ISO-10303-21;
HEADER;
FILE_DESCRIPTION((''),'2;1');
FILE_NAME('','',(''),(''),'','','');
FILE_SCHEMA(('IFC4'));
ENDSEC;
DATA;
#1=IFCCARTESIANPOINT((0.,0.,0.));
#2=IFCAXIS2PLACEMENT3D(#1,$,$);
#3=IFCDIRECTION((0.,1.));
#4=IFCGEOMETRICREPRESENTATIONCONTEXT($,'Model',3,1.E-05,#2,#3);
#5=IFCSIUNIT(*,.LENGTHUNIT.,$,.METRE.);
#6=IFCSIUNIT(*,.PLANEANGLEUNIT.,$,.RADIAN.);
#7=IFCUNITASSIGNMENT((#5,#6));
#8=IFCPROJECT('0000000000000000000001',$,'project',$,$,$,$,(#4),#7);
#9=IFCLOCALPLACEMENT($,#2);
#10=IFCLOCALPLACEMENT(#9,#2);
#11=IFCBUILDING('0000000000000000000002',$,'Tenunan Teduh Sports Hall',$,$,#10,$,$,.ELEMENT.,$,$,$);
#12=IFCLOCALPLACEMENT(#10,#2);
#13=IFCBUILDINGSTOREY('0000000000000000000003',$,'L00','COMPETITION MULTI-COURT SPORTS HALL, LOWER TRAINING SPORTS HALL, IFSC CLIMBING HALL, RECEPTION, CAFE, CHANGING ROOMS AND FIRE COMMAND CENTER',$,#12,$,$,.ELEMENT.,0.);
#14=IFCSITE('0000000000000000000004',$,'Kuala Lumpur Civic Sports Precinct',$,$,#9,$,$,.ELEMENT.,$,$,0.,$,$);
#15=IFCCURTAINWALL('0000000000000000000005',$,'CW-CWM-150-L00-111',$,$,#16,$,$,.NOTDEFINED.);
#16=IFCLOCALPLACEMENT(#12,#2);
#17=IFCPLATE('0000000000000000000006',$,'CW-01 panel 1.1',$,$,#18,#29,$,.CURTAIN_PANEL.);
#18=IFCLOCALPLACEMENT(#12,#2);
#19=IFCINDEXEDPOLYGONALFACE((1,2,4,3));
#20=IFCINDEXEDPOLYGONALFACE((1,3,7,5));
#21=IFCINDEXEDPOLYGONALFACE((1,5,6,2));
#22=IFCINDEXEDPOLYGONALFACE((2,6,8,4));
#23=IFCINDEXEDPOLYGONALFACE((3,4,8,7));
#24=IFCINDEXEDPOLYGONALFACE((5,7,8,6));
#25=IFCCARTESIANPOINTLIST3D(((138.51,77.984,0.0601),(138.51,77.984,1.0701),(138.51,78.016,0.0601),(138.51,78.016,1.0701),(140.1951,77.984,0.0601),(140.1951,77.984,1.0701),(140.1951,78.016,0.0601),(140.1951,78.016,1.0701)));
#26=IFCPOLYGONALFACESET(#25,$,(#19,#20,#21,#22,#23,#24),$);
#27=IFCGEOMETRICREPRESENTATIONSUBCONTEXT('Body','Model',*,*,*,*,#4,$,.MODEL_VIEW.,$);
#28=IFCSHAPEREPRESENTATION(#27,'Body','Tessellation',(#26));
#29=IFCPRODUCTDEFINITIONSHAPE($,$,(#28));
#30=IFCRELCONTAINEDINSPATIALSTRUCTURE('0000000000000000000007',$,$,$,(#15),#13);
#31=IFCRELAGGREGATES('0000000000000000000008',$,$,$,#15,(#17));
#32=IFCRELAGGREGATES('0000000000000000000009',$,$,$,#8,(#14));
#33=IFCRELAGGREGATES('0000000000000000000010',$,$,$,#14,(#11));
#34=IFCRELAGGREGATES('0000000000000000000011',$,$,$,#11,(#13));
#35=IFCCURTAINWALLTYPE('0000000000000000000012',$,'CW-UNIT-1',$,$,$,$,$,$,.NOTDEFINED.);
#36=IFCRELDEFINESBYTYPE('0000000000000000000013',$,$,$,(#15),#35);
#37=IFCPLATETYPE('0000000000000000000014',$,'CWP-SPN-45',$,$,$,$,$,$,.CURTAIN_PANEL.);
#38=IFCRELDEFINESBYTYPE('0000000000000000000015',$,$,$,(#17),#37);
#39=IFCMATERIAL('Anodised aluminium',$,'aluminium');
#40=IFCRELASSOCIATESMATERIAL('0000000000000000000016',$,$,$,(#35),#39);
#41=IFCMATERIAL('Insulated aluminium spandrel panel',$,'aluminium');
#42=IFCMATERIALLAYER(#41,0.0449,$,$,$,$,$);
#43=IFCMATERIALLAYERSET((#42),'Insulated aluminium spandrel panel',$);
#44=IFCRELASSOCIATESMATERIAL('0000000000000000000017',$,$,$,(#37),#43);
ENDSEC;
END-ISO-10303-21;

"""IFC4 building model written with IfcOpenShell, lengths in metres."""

from ifc_helpers import new_model, si_unit, direction, frame, origin, origin_2d, place, context, subcontext, project, spatial, rectangle, extrude, material, layer, layer_set, type_object, element, aggregate, save


model = new_model("IFC4")

# Units and contexts
model_context = context("Model", 3, precision=1e-05, world=origin(), true_north=direction((0.0, 1.0)))
body_context = subcontext(model_context, "Body", "Model", "MODEL_VIEW")
ifc_project = project(units=[si_unit("LENGTHUNIT", "METRE"), si_unit("PLANEANGLEUNIT", "RADIAN")], contexts=[model_context])

# Site, building, storey
site_placement = place(None, origin())
site = spatial("IfcSite", under=ifc_project, at=site_placement, Name="Kuala Lumpur Civic Sports Precinct", CompositionType="ELEMENT", RefElevation=0.0)
building_placement = place(site_placement, origin())
building = spatial("IfcBuilding", under=site, at=building_placement, Name="Tenunan Teduh Sports Hall", CompositionType="ELEMENT")
storey_placement = place(building_placement, origin())
storey = spatial("IfcBuildingStorey", under=building, at=storey_placement, Name="L00", Description="COMPETITION MULTI-COURT SPORTS HALL, LOWER TRAINING SPORTS HALL, IFSC CLIMBING HALL, RECEPTION, CAFE, CHANGING ROOMS AND FIRE COMMAND CENTER", CompositionType="ELEMENT", Elevation=0.0)

# Curtain wall
ifc_material_1 = material(Name="Anodised aluminium", Category="aluminium")
curtain_wall_type = type_object("IfcCurtainWallType", Name="CW-UNIT-1", PredefinedType="NOTDEFINED", material=ifc_material_1)
curtain_wall_1_placement = place(storey_placement, origin())
curtain_wall_1 = element("IfcCurtainWall", 1, at=curtain_wall_1_placement, inside=storey, type_object=curtain_wall_type, Name="CW-CWM-150-L00-111", PredefinedType="NOTDEFINED")

# Plate
ifc_material_2 = material(Name="Insulated aluminium spandrel panel", Category="aluminium")
ifc_layer_1 = layer(ifc_material_2, 0.0449)
ifc_layer_set_1 = layer_set([ifc_layer_1], Name="Insulated aluminium spandrel panel")
plate_type_1 = type_object("IfcPlateType", Name="CWP-SPN-45", PredefinedType="CURTAIN_PANEL", material=ifc_layer_set_1)
plate_1_placement = place(storey_placement, frame((139.3525, 78.0, 0.0601), z_axis=(0.0, 0.0, 1.0), x_axis=(1.0, 0.0, 0.0)))
plate_1 = element("IfcPlate", 2, at=plate_1_placement, type_object=plate_type_1, Name="CW-01 panel 1.1", PredefinedType="CURTAIN_PANEL", context=body_context, shape_type="SweptSolid", body=[
    extrude(rectangle(XDim=1.6851, YDim=0.032, at=origin_2d()), origin(), (0.0, 0.0, 1.0), 1.01),
])
aggregate(curtain_wall_1, [plate_1])

save(model, "model.ifc")
